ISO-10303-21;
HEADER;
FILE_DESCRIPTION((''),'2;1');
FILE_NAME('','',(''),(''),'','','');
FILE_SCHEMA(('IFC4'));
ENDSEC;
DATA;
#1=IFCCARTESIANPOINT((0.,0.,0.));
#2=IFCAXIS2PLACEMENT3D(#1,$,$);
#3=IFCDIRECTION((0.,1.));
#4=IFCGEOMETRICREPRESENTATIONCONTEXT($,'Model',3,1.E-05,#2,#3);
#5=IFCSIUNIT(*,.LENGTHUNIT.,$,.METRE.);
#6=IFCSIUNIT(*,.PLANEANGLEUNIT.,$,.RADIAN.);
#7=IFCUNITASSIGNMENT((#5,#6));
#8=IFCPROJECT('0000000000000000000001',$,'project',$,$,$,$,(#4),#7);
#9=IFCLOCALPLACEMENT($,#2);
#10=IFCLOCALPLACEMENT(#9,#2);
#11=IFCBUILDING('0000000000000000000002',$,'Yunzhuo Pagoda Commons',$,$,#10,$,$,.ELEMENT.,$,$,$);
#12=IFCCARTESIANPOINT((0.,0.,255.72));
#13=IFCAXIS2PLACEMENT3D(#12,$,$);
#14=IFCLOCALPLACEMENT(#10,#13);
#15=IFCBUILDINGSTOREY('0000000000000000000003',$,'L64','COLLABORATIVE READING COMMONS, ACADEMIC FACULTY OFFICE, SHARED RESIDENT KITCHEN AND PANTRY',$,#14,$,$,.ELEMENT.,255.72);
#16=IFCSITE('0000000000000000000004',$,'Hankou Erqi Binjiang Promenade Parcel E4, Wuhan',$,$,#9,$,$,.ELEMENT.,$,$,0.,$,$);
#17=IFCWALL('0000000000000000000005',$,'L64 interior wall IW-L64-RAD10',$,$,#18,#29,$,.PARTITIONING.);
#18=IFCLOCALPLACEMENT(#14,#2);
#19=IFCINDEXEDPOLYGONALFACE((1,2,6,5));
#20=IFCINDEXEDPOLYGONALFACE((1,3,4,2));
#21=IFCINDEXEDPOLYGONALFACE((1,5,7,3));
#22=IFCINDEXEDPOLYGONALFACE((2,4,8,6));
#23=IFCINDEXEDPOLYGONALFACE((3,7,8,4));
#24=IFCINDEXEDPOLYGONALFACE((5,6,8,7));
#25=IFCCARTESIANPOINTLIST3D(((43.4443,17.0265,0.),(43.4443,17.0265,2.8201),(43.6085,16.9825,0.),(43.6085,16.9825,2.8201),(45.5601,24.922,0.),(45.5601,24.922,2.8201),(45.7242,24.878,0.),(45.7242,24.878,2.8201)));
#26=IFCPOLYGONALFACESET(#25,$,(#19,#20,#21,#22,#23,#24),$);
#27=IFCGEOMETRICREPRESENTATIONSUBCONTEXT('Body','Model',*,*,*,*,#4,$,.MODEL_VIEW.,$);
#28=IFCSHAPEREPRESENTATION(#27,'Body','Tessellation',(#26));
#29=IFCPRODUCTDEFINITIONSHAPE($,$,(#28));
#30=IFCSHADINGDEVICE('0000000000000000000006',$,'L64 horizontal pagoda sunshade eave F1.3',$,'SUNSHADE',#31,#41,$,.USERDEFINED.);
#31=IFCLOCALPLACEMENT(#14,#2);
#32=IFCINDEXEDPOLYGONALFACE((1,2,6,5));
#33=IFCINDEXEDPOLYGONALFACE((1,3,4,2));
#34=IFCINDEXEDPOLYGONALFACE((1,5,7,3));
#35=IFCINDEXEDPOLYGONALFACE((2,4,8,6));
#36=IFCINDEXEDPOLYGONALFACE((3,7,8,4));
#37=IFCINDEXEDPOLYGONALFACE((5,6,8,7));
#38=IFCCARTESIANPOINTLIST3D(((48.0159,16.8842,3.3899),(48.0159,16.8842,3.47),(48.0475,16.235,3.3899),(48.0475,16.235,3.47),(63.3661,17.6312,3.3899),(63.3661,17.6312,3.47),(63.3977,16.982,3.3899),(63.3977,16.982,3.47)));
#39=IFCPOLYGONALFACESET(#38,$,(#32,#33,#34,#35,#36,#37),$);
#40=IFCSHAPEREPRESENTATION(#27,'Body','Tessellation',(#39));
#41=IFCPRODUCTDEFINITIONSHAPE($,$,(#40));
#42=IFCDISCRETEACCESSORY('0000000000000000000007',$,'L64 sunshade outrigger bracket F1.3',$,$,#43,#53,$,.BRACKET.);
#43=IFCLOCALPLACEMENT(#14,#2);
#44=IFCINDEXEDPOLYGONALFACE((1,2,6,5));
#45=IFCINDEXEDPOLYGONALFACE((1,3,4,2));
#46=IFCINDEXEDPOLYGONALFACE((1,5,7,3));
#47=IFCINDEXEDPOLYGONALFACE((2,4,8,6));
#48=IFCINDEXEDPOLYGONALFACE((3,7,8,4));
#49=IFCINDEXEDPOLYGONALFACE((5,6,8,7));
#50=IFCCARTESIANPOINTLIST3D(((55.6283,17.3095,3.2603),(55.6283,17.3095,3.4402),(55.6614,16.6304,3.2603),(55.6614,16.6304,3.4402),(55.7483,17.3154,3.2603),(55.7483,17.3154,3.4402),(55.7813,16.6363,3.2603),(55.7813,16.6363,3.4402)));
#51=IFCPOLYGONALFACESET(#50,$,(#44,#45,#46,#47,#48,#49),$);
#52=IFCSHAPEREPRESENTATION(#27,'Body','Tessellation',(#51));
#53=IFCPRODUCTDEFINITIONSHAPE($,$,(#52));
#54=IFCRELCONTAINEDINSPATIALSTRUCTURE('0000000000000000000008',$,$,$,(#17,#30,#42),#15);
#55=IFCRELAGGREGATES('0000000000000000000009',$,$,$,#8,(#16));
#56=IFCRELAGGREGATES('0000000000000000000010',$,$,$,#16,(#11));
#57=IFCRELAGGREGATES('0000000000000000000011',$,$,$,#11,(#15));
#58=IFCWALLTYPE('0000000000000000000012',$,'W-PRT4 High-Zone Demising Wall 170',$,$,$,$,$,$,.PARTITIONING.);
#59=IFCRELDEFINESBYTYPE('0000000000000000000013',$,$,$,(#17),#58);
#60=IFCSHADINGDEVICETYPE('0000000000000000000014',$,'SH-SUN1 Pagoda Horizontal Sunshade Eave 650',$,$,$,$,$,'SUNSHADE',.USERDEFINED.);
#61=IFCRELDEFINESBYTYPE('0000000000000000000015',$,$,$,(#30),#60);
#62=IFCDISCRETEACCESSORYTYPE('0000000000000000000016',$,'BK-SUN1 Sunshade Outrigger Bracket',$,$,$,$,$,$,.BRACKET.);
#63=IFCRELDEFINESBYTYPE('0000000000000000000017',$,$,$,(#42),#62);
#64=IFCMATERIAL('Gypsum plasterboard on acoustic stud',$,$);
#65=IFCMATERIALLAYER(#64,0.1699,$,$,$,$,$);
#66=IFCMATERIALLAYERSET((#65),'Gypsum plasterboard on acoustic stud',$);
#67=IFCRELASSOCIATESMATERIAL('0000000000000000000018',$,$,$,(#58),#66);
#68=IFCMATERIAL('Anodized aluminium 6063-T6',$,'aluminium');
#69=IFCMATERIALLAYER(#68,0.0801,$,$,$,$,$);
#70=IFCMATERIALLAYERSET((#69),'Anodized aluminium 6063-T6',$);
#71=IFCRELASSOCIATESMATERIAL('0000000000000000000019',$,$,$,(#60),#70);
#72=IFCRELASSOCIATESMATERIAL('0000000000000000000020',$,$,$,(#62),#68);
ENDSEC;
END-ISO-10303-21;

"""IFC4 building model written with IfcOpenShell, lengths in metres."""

from ifc_helpers import new_model, si_unit, direction, frame, frame_2d, origin, origin_2d, place, context, subcontext, project, spatial, rectangle, extrude, source, transform, mapped, material, layer, layer_set, type_object, element, save


model = new_model("IFC4")

# Units and contexts
model_context = context("Model", 3, precision=1e-05, world=origin(), true_north=direction((0.0, 1.0)))
body_context = subcontext(model_context, "Body", "Model", "MODEL_VIEW")
ifc_project = project(units=[si_unit("LENGTHUNIT", "METRE"), si_unit("PLANEANGLEUNIT", "RADIAN")], contexts=[model_context])

# Site, building, storey
site_placement = place(None, origin())
site = spatial("IfcSite", under=ifc_project, at=site_placement, Name="Hankou Erqi Binjiang Promenade Parcel E4, Wuhan", CompositionType="ELEMENT", RefElevation=0.0)
building_placement = place(site_placement, origin())
building = spatial("IfcBuilding", under=site, at=building_placement, Name="Yunzhuo Pagoda Commons", CompositionType="ELEMENT")
storey_placement = place(building_placement, frame((0.0, 0.0, 255.72)))
storey = spatial("IfcBuildingStorey", under=building, at=storey_placement, Name="L64", Description="COLLABORATIVE READING COMMONS, ACADEMIC FACULTY OFFICE, SHARED RESIDENT KITCHEN AND PANTRY", CompositionType="ELEMENT", Elevation=255.72)

# Shared definitions
ifc_material_1 = material(Name="Anodized aluminium 6063-T6", Category="aluminium")

# Wall
ifc_material_2 = material(Name="Gypsum plasterboard on acoustic stud")
ifc_layer_1 = layer(ifc_material_2, 0.1699)
ifc_layer_set_1 = layer_set([ifc_layer_1], Name="Gypsum plasterboard on acoustic stud")
wall_type = type_object("IfcWallType", Name="W-PRT4 High-Zone Demising Wall 170", PredefinedType="PARTITIONING", material=ifc_layer_set_1)
wall_placement = place(storey_placement, frame((45.6421, 24.8999, 0.0), z_axis=(0.0, 0.0, 1.0), x_axis=(-0.258834, -0.965922, 0.0)))
element("IfcWall", 1, at=wall_placement, inside=storey, type_object=wall_type, Name="L64 interior wall IW-L64-RAD10", PredefinedType="PARTITIONING", context=body_context, shape_type="SweptSolid", body=[
    extrude(rectangle(XDim=8.1741, YDim=0.1699, at=frame_2d((4.0869, 0.0))), origin(), (0.0, 0.0, 1.0), 2.8201),
])

# Shading device
ifc_layer_2 = layer(ifc_material_1, 0.0801)
ifc_layer_set_2 = layer_set([ifc_layer_2], Name="Anodized aluminium 6063-T6")
shading_device_type = type_object("IfcShadingDeviceType", Name="SH-SUN1 Pagoda Horizontal Sunshade Eave 650", ElementType="SUNSHADE", PredefinedType="USERDEFINED", material=ifc_layer_set_2)
shared_shape_1 = source(origin(), body_context, "Body", "SweptSolid", [
    extrude(rectangle(XDim=15.3684, YDim=0.6499, at=origin_2d()), origin(), (0.0, 0.0, 1.0), 0.0801),
])
shading_device_placement = place(storey_placement, frame((55.7068, 16.9331, 3.3899), z_axis=(0.0, 0.0, 1.0), x_axis=(0.998818, 0.048606, 0.0)))
element("IfcShadingDevice", 2, at=shading_device_placement, inside=storey, type_object=shading_device_type, Name="L64 horizontal pagoda sunshade eave F1.3", ObjectType="SUNSHADE", PredefinedType="USERDEFINED", context=body_context, shape_type="MappedRepresentation", body=[
    mapped(shared_shape_1, transform((0.0, 0.0, 0.0), scale=1.0)),
])

# Discrete accessory
discrete_accessory_type = type_object("IfcDiscreteAccessoryType", Name="BK-SUN1 Sunshade Outrigger Bracket", PredefinedType="BRACKET", material=ifc_material_1)
shared_shape_2 = source(origin(), body_context, "Body", "SweptSolid", [
    extrude(rectangle(XDim=0.1201, YDim=0.6799, at=origin_2d()), origin(), (0.0, 0.0, 1.0), 0.1799),
])
discrete_accessory_placement = place(storey_placement, frame((55.7048, 16.9729, 3.2603), z_axis=(0.0, 0.0, 1.0), x_axis=(0.998818, 0.048606, 0.0)))
element("IfcDiscreteAccessory", 3, at=discrete_accessory_placement, inside=storey, type_object=discrete_accessory_type, Name="L64 sunshade outrigger bracket F1.3", PredefinedType="BRACKET", context=body_context, shape_type="MappedRepresentation", body=[
    mapped(shared_shape_2, transform((0.0, 0.0, 0.0), scale=1.0)),
])

save(model, "model.ifc")
